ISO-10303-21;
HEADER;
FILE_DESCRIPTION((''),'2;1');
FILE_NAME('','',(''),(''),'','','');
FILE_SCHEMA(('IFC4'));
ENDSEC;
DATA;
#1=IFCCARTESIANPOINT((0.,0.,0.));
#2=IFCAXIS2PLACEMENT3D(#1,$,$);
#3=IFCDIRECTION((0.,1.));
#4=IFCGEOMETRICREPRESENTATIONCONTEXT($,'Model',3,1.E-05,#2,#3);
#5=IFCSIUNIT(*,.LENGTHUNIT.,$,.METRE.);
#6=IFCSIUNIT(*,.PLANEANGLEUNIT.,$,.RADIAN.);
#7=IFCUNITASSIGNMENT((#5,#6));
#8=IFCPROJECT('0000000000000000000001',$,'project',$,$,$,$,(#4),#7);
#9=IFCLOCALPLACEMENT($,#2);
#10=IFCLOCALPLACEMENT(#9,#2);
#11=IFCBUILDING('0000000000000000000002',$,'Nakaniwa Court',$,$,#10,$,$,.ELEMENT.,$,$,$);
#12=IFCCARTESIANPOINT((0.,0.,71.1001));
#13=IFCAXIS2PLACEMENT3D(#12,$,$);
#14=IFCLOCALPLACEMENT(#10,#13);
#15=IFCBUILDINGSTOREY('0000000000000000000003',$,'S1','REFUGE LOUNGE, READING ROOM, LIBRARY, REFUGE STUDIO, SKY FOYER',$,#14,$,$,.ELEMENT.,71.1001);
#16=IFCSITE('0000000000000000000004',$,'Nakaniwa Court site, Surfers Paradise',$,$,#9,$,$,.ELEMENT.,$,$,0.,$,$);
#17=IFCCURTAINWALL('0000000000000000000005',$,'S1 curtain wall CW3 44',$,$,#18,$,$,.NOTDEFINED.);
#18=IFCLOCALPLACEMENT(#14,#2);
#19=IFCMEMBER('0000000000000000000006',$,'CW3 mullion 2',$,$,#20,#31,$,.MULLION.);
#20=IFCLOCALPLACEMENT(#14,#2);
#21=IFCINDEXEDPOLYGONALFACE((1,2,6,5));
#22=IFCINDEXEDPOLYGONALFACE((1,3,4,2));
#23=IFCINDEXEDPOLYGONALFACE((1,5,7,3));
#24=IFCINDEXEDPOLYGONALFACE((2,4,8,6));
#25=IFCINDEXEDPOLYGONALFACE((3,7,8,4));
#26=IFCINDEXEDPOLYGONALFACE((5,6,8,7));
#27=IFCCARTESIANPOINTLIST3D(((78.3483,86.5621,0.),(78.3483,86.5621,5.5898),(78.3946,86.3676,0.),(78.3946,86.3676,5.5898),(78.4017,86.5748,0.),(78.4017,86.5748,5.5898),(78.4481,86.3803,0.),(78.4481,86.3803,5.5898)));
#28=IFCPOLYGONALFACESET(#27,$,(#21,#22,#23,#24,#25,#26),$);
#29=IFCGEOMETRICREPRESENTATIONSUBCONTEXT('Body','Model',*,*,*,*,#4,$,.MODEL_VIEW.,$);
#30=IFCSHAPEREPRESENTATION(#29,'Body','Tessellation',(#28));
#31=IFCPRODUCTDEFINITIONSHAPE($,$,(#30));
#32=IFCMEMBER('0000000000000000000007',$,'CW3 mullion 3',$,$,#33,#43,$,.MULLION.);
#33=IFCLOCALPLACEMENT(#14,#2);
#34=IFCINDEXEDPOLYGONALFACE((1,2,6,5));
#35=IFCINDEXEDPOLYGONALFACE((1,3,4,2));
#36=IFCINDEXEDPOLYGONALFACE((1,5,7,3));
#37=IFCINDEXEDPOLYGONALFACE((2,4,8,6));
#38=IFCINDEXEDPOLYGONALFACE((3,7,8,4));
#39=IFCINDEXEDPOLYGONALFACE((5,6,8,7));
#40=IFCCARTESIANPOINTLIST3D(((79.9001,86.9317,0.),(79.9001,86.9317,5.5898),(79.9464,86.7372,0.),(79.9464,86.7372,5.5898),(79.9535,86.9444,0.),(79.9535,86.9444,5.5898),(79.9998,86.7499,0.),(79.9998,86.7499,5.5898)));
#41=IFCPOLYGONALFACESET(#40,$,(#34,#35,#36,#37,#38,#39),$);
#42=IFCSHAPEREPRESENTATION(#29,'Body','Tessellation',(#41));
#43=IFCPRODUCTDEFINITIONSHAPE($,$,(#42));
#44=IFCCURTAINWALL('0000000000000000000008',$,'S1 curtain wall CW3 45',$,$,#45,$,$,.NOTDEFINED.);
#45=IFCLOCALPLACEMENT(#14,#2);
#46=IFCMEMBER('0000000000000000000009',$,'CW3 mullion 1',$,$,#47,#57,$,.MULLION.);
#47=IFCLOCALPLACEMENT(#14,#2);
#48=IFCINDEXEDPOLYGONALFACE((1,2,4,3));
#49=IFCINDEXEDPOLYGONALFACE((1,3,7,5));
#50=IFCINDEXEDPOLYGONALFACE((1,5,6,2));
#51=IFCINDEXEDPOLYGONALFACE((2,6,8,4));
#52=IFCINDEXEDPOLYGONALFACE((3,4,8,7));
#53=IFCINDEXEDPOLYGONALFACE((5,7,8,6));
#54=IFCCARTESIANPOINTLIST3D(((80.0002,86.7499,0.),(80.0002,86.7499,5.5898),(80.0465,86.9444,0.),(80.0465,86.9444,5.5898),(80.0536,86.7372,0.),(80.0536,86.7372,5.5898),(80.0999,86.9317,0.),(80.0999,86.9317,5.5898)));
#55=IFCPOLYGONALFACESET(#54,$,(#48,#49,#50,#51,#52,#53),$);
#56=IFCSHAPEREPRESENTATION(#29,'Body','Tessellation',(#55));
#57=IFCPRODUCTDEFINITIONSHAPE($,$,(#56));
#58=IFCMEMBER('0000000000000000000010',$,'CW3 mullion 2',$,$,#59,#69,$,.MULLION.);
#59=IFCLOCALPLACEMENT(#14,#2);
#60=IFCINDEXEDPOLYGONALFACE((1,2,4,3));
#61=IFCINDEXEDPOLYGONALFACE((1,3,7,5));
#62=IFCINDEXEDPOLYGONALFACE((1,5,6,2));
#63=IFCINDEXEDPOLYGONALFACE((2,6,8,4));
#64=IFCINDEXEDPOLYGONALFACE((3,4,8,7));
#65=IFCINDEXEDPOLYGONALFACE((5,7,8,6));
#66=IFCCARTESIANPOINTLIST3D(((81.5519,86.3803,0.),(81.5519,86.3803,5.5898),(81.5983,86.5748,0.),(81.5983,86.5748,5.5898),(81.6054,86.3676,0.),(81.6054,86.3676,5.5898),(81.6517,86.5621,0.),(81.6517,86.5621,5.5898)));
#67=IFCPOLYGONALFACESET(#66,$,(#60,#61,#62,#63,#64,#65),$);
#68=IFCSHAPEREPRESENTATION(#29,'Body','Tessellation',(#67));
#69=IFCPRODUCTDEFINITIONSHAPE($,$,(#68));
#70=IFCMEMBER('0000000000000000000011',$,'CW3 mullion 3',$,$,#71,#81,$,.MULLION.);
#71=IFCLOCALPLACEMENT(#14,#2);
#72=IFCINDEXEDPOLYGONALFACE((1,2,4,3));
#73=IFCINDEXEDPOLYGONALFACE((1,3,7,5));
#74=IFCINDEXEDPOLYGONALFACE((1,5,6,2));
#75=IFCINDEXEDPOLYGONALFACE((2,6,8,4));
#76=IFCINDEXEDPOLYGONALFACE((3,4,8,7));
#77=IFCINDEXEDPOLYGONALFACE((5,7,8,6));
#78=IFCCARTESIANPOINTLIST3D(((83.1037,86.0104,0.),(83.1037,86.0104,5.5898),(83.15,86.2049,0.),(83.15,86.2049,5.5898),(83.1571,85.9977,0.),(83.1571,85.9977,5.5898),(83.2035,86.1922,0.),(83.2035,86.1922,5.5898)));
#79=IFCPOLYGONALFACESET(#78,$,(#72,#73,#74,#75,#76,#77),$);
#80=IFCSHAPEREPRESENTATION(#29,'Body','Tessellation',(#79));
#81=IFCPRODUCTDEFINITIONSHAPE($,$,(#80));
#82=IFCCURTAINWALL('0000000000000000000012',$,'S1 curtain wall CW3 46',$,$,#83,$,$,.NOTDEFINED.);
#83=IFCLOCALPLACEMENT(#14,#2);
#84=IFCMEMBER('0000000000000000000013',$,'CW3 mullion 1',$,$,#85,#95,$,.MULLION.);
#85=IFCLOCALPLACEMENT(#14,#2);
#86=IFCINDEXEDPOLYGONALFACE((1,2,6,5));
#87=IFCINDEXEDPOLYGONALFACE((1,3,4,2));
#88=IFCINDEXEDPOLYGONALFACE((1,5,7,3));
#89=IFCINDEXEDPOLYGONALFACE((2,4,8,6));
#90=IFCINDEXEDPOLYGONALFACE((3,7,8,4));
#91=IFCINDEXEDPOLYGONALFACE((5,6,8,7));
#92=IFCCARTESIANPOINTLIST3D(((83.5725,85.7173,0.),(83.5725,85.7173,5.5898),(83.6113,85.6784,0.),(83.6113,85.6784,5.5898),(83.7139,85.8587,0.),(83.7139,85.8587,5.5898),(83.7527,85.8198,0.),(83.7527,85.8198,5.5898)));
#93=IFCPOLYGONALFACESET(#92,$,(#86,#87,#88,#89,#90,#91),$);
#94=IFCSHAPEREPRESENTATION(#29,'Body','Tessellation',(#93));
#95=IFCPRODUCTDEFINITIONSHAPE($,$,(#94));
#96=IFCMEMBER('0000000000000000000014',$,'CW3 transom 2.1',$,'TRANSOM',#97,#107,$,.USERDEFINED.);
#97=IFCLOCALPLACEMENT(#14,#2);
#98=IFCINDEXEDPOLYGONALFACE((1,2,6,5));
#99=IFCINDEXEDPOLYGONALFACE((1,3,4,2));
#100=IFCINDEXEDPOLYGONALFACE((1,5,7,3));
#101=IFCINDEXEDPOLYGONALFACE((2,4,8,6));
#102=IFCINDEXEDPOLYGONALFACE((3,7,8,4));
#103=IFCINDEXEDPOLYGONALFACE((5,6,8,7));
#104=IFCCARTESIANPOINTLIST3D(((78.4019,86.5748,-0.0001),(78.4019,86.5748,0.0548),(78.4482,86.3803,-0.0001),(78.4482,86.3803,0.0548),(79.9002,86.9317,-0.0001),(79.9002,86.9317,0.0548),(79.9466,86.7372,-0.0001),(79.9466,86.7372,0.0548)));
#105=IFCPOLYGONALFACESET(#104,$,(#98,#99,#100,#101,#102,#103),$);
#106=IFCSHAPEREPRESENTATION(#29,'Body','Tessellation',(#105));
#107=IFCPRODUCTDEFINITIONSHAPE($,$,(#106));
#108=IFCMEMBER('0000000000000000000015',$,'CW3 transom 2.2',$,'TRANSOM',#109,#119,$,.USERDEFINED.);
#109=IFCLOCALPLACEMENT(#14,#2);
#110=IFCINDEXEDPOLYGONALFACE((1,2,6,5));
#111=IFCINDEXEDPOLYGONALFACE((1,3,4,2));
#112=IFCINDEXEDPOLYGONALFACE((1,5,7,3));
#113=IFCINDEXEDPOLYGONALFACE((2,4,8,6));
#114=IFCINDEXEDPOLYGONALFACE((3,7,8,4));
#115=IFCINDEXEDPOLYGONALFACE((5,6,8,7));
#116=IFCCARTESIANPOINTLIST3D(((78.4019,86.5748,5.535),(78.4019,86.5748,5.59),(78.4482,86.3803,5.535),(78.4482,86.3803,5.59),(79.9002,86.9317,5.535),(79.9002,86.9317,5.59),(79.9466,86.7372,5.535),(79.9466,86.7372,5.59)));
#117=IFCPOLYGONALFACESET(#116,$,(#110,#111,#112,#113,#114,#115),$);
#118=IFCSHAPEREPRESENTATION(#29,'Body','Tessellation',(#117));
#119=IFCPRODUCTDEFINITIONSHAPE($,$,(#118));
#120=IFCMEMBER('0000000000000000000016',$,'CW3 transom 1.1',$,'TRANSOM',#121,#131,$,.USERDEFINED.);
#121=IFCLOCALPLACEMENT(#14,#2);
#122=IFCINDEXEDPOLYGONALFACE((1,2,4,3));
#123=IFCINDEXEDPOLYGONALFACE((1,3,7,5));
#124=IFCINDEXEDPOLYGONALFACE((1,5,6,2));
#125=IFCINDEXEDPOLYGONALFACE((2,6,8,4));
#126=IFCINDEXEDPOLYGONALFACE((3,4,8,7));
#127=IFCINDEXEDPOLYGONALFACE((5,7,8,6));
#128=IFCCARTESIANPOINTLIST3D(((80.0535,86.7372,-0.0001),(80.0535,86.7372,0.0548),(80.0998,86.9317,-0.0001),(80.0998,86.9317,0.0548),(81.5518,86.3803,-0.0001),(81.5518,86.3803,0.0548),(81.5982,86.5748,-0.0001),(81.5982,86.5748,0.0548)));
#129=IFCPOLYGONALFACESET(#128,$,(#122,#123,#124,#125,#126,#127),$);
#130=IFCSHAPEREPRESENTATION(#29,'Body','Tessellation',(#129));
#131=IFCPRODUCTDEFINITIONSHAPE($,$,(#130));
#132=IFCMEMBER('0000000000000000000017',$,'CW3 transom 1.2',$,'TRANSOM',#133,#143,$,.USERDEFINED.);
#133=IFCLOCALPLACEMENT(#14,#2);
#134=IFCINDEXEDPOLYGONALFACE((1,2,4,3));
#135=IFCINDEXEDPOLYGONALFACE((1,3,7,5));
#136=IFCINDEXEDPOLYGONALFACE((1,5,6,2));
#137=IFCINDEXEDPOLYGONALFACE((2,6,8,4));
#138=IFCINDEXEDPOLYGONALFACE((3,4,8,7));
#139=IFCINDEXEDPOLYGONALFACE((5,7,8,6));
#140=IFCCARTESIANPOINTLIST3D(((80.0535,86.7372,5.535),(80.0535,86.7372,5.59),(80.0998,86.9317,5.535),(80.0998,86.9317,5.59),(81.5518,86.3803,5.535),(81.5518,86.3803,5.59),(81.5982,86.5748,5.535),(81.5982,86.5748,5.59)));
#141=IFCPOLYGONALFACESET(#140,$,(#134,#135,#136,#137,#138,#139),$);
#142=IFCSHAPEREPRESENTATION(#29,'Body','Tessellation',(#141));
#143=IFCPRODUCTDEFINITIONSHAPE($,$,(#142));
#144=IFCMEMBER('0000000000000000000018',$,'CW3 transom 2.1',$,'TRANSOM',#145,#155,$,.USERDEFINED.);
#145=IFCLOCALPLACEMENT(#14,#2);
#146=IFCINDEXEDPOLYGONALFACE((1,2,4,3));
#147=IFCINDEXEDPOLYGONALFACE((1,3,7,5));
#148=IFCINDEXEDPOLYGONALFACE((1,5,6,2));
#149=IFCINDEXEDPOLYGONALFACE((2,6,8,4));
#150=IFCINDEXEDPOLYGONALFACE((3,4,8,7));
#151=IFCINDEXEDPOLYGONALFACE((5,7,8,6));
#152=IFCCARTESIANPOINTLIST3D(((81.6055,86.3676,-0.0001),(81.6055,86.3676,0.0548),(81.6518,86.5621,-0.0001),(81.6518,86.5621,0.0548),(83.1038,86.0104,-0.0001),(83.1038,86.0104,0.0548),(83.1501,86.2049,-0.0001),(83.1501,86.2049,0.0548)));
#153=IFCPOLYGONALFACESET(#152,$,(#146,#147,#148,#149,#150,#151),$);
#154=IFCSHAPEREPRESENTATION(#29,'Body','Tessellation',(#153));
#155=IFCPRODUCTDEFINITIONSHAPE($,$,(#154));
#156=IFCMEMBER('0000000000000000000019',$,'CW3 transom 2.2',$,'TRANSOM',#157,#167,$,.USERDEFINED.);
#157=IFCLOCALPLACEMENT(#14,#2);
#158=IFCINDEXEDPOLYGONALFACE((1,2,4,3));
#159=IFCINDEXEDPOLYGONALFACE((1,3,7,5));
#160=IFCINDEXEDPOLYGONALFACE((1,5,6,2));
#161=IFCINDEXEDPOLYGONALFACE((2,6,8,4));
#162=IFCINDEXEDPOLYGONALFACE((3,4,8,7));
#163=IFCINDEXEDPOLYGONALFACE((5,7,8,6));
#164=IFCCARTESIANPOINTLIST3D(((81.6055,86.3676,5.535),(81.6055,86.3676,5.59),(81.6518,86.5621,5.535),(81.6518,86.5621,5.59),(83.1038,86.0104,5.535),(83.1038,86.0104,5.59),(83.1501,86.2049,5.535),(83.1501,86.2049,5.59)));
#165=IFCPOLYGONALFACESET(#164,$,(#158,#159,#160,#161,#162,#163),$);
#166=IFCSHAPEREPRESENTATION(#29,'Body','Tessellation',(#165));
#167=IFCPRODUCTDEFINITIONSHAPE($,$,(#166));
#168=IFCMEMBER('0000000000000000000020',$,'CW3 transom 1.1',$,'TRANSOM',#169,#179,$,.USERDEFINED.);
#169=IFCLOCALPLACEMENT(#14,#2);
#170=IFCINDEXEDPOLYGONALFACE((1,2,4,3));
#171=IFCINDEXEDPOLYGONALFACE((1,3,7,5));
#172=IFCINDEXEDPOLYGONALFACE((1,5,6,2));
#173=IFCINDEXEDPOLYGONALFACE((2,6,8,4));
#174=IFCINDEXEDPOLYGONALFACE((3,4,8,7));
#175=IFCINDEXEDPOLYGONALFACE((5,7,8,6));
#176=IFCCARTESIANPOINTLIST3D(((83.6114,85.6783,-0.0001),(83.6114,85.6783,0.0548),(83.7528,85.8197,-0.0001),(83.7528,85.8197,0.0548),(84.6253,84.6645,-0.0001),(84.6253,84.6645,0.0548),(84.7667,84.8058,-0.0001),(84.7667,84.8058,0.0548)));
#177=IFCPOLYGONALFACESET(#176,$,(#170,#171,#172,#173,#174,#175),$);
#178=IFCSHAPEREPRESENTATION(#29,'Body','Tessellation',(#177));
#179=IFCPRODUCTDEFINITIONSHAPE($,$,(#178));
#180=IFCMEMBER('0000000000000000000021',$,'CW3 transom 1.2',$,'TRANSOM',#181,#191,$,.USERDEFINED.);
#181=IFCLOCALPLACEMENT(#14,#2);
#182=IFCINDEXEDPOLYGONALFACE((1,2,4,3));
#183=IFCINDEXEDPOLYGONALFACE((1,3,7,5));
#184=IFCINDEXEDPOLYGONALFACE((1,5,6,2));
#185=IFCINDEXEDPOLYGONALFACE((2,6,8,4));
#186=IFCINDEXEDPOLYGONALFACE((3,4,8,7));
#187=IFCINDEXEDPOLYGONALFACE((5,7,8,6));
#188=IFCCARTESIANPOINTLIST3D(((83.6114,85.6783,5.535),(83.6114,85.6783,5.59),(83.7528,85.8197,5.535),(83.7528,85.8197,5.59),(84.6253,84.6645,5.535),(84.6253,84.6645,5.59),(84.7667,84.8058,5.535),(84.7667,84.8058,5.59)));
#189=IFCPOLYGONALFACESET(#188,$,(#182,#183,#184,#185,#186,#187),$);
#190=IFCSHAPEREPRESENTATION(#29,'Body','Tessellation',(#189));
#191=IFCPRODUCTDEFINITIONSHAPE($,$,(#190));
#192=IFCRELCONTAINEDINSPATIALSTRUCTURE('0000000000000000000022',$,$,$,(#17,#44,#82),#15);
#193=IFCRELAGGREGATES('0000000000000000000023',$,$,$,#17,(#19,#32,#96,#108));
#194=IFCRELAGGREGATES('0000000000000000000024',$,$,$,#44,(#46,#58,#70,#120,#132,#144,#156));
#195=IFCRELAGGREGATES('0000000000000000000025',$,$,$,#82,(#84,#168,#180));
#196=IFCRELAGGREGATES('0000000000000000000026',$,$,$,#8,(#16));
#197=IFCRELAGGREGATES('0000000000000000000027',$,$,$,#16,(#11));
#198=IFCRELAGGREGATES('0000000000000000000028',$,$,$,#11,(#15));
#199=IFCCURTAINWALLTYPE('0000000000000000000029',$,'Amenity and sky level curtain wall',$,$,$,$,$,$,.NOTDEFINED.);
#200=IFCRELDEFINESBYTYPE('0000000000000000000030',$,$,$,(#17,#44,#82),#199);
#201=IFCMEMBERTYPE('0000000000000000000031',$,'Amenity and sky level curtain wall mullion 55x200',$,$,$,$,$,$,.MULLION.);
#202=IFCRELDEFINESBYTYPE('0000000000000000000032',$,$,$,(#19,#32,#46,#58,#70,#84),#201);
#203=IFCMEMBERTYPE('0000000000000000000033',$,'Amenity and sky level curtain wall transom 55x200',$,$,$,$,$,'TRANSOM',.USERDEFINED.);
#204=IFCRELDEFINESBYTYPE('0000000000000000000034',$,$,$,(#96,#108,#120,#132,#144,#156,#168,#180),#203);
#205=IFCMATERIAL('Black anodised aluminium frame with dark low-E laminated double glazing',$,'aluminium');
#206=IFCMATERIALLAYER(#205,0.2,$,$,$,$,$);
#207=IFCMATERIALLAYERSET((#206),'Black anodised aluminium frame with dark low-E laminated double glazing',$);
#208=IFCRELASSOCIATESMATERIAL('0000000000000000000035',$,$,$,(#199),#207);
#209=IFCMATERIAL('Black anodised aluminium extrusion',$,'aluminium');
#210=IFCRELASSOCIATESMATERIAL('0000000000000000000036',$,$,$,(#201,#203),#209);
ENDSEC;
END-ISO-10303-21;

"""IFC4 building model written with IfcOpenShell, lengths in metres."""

from ifc_helpers import new_model, si_unit, direction, frame, origin, origin_2d, place, context, subcontext, project, spatial, rectangle, extrude, material, layer, layer_set, material_profile, profile_set, type_object, element, aggregate, save


model = new_model("IFC4")

# Units and contexts
model_context = context("Model", 3, precision=1e-05, world=origin(), true_north=direction((0.0, 1.0)))
body_context = subcontext(model_context, "Body", "Model", "MODEL_VIEW")
ifc_project = project(units=[si_unit("LENGTHUNIT", "METRE"), si_unit("PLANEANGLEUNIT", "RADIAN")], contexts=[model_context])

# Site, building, storey
site_placement = place(None, origin())
site = spatial("IfcSite", under=ifc_project, at=site_placement, Name="Nakaniwa Court site, Surfers Paradise", CompositionType="ELEMENT", RefElevation=0.0)
building_placement = place(site_placement, origin())
building = spatial("IfcBuilding", under=site, at=building_placement, Name="Nakaniwa Court", CompositionType="ELEMENT")
storey_placement = place(building_placement, frame((0.0, 0.0, 71.1001)))
storey = spatial("IfcBuildingStorey", under=building, at=storey_placement, Name="S1", Description="REFUGE LOUNGE, READING ROOM, LIBRARY, REFUGE STUDIO, SKY FOYER", CompositionType="ELEMENT", Elevation=71.1001)

# Curtain walls, members
ifc_material_1 = material(Name="Black anodised aluminium frame with dark low-E laminated double glazing", Category="aluminium")
ifc_layer_1 = layer(ifc_material_1, 0.2)
ifc_layer_set_1 = layer_set([ifc_layer_1], Name="Black anodised aluminium frame with dark low-E laminated double glazing")
curtain_wall_type = type_object("IfcCurtainWallType", Name="Amenity and sky level curtain wall", PredefinedType="NOTDEFINED", material=ifc_layer_set_1)
curtain_wall_1_placement = place(storey_placement, origin())
curtain_wall_1 = element("IfcCurtainWall", 1, at=curtain_wall_1_placement, inside=storey, type_object=curtain_wall_type, Name="S1 curtain wall CW3 44", PredefinedType="NOTDEFINED")
ifc_material_2 = material(Name="Black anodised aluminium extrusion", Category="aluminium")
ifc_material_profile_1 = material_profile(ifc_material_2, rectangle(XDim=0.2, YDim=0.0549, at=origin_2d()), Name="Amenity and sky level curtain wall mullion 55x200")
ifc_profile_set_1 = profile_set([ifc_material_profile_1], Name="Black anodised aluminium extrusion")
member_type_1 = type_object("IfcMemberType", Name="Amenity and sky level curtain wall mullion 55x200", PredefinedType="MULLION", material=ifc_profile_set_1)
member_1_placement = place(storey_placement, frame((78.3982, 86.4712, 0.0), z_axis=(0.0, 0.0, 1.0), x_axis=(-0.231791, 0.972766, 0.0)))
member_1 = element("IfcMember", 2, at=member_1_placement, type_object=member_type_1, Name="CW3 mullion 2", PredefinedType="MULLION", context=body_context, shape_type="SweptSolid", body=[
    extrude(rectangle(XDim=0.2, YDim=0.0549, at=origin_2d()), origin(), (0.0, 0.0, 1.0), 5.5898),
])
member_2_placement = place(storey_placement, frame((79.95, 86.8408, 0.0), z_axis=(0.0, 0.0, 1.0), x_axis=(-0.231791, 0.972766, 0.0)))
member_2 = element("IfcMember", 3, at=member_2_placement, type_object=member_type_1, Name="CW3 mullion 3", PredefinedType="MULLION", context=body_context, shape_type="SweptSolid", body=[
    extrude(rectangle(XDim=0.2, YDim=0.0549, at=origin_2d()), origin(), (0.0, 0.0, 1.0), 5.5898),
])
curtain_wall_2_placement = place(storey_placement, origin())
curtain_wall_2 = element("IfcCurtainWall", 4, at=curtain_wall_2_placement, inside=storey, type_object=curtain_wall_type, Name="S1 curtain wall CW3 45", PredefinedType="NOTDEFINED")
member_3_placement = place(storey_placement, frame((80.05, 86.8408, 0.0), z_axis=(0.0, 0.0, 1.0), x_axis=(0.231791, 0.972766, 0.0)))
member_3 = element("IfcMember", 5, at=member_3_placement, type_object=member_type_1, Name="CW3 mullion 1", PredefinedType="MULLION", context=body_context, shape_type="SweptSolid", body=[
    extrude(rectangle(XDim=0.2, YDim=0.0549, at=origin_2d()), origin(), (0.0, 0.0, 1.0), 5.5898),
])
member_4_placement = place(storey_placement, frame((81.6018, 86.4712, 0.0), z_axis=(0.0, 0.0, 1.0), x_axis=(0.231791, 0.972766, 0.0)))
member_4 = element("IfcMember", 6, at=member_4_placement, type_object=member_type_1, Name="CW3 mullion 2", PredefinedType="MULLION", context=body_context, shape_type="SweptSolid", body=[
    extrude(rectangle(XDim=0.2, YDim=0.0549, at=origin_2d()), origin(), (0.0, 0.0, 1.0), 5.5898),
])
member_5_placement = place(storey_placement, frame((83.1536, 86.1013, 0.0), z_axis=(0.0, 0.0, 1.0), x_axis=(0.231791, 0.972766, 0.0)))
member_5 = element("IfcMember", 7, at=member_5_placement, type_object=member_type_1, Name="CW3 mullion 3", PredefinedType="MULLION", context=body_context, shape_type="SweptSolid", body=[
    extrude(rectangle(XDim=0.2, YDim=0.0549, at=origin_2d()), origin(), (0.0, 0.0, 1.0), 5.5898),
])

# Curtain wall, member
curtain_wall_3_placement = place(storey_placement, origin())
curtain_wall_3 = element("IfcCurtainWall", 8, at=curtain_wall_3_placement, inside=storey, type_object=curtain_wall_type, Name="S1 curtain wall CW3 46", PredefinedType="NOTDEFINED")
member_6_placement = place(storey_placement, frame((83.6626, 85.7686, 0.0), z_axis=(0.0, 0.0, 1.0), x_axis=(0.707107, 0.707107, 0.0)))
member_6 = element("IfcMember", 9, at=member_6_placement, type_object=member_type_1, Name="CW3 mullion 1", PredefinedType="MULLION", context=body_context, shape_type="SweptSolid", body=[
    extrude(rectangle(XDim=0.2, YDim=0.0549, at=origin_2d()), origin(), (0.0, 0.0, 1.0), 5.5898),
])

# Members
ifc_material_profile_2 = material_profile(ifc_material_2, rectangle(XDim=0.2, YDim=0.0549, at=origin_2d()), Name="Amenity and sky level curtain wall transom 55x200")
ifc_profile_set_2 = profile_set([ifc_material_profile_2], Name="Black anodised aluminium extrusion")
member_type_2 = type_object("IfcMemberType", Name="Amenity and sky level curtain wall transom 55x200", ElementType="TRANSOM", PredefinedType="USERDEFINED", material=ifc_profile_set_2)
member_7_placement = place(storey_placement, frame((78.425, 86.4775, 0.0273), z_axis=(0.972777, 0.231742, 0.0), x_axis=(-0.231742, 0.972777, 0.0)))
member_7 = element("IfcMember", 10, at=member_7_placement, type_object=member_type_2, Name="CW3 transom 2.1", ObjectType="TRANSOM", PredefinedType="USERDEFINED", context=body_context, shape_type="SweptSolid", body=[
    extrude(rectangle(XDim=0.2, YDim=0.0549, at=origin_2d()), origin(), (0.0, 0.0, 1.0), 1.5403),
])
member_8_placement = place(storey_placement, frame((78.425, 86.4775, 5.5625), z_axis=(0.972777, 0.231742, 0.0), x_axis=(-0.231742, 0.972777, 0.0)))
member_8 = element("IfcMember", 11, at=member_8_placement, type_object=member_type_2, Name="CW3 transom 2.2", ObjectType="TRANSOM", PredefinedType="USERDEFINED", context=body_context, shape_type="SweptSolid", body=[
    extrude(rectangle(XDim=0.2, YDim=0.0549, at=origin_2d()), origin(), (0.0, 0.0, 1.0), 1.5403),
])
member_9_placement = place(storey_placement, frame((80.0767, 86.8345, 0.0273), z_axis=(0.972777, -0.231742, 0.0), x_axis=(0.231742, 0.972777, 0.0)))
member_9 = element("IfcMember", 12, at=member_9_placement, type_object=member_type_2, Name="CW3 transom 1.1", ObjectType="TRANSOM", PredefinedType="USERDEFINED", context=body_context, shape_type="SweptSolid", body=[
    extrude(rectangle(XDim=0.2, YDim=0.0549, at=origin_2d()), origin(), (0.0, 0.0, 1.0), 1.5403),
])
member_10_placement = place(storey_placement, frame((80.0767, 86.8345, 5.5625), z_axis=(0.972777, -0.231742, 0.0), x_axis=(0.231742, 0.972777, 0.0)))
member_10 = element("IfcMember", 13, at=member_10_placement, type_object=member_type_2, Name="CW3 transom 1.2", ObjectType="TRANSOM", PredefinedType="USERDEFINED", context=body_context, shape_type="SweptSolid", body=[
    extrude(rectangle(XDim=0.2, YDim=0.0549, at=origin_2d()), origin(), (0.0, 0.0, 1.0), 1.5403),
])
member_11_placement = place(storey_placement, frame((81.6287, 86.4648, 0.0273), z_axis=(0.972742, -0.231892, 0.0), x_axis=(0.231892, 0.972742, 0.0)))
member_11 = element("IfcMember", 14, at=member_11_placement, type_object=member_type_2, Name="CW3 transom 2.1", ObjectType="TRANSOM", PredefinedType="USERDEFINED", context=body_context, shape_type="SweptSolid", body=[
    extrude(rectangle(XDim=0.2, YDim=0.0549, at=origin_2d()), origin(), (0.0, 0.0, 1.0), 1.5403),
])
member_12_placement = place(storey_placement, frame((81.6287, 86.4648, 5.5625), z_axis=(0.972742, -0.231892, 0.0), x_axis=(0.231892, 0.972742, 0.0)))
member_12 = element("IfcMember", 15, at=member_12_placement, type_object=member_type_2, Name="CW3 transom 2.2", ObjectType="TRANSOM", PredefinedType="USERDEFINED", context=body_context, shape_type="SweptSolid", body=[
    extrude(rectangle(XDim=0.2, YDim=0.0549, at=origin_2d()), origin(), (0.0, 0.0, 1.0), 1.5403),
])
member_13_placement = place(storey_placement, frame((83.6821, 85.749, 0.0273), z_axis=(0.707107, -0.707107, 0.0), x_axis=(0.707107, 0.707107, 0.0)))
member_13 = element("IfcMember", 16, at=member_13_placement, type_object=member_type_2, Name="CW3 transom 1.1", ObjectType="TRANSOM", PredefinedType="USERDEFINED", context=body_context, shape_type="SweptSolid", body=[
    extrude(rectangle(XDim=0.2, YDim=0.0549, at=origin_2d()), origin(), (0.0, 0.0, 1.0), 1.4338),
])
member_14_placement = place(storey_placement, frame((83.6821, 85.749, 5.5625), z_axis=(0.707107, -0.707107, 0.0), x_axis=(0.707107, 0.707107, 0.0)))
member_14 = element("IfcMember", 17, at=member_14_placement, type_object=member_type_2, Name="CW3 transom 1.2", ObjectType="TRANSOM", PredefinedType="USERDEFINED", context=body_context, shape_type="SweptSolid", body=[
    extrude(rectangle(XDim=0.2, YDim=0.0549, at=origin_2d()), origin(), (0.0, 0.0, 1.0), 1.4338),
])

aggregate(curtain_wall_1, [member_1, member_2, member_7, member_8])
aggregate(curtain_wall_2, [member_3, member_4, member_5, member_9, member_10, member_11, member_12])
aggregate(curtain_wall_3, [member_6, member_13, member_14])

save(model, "model.ifc")
